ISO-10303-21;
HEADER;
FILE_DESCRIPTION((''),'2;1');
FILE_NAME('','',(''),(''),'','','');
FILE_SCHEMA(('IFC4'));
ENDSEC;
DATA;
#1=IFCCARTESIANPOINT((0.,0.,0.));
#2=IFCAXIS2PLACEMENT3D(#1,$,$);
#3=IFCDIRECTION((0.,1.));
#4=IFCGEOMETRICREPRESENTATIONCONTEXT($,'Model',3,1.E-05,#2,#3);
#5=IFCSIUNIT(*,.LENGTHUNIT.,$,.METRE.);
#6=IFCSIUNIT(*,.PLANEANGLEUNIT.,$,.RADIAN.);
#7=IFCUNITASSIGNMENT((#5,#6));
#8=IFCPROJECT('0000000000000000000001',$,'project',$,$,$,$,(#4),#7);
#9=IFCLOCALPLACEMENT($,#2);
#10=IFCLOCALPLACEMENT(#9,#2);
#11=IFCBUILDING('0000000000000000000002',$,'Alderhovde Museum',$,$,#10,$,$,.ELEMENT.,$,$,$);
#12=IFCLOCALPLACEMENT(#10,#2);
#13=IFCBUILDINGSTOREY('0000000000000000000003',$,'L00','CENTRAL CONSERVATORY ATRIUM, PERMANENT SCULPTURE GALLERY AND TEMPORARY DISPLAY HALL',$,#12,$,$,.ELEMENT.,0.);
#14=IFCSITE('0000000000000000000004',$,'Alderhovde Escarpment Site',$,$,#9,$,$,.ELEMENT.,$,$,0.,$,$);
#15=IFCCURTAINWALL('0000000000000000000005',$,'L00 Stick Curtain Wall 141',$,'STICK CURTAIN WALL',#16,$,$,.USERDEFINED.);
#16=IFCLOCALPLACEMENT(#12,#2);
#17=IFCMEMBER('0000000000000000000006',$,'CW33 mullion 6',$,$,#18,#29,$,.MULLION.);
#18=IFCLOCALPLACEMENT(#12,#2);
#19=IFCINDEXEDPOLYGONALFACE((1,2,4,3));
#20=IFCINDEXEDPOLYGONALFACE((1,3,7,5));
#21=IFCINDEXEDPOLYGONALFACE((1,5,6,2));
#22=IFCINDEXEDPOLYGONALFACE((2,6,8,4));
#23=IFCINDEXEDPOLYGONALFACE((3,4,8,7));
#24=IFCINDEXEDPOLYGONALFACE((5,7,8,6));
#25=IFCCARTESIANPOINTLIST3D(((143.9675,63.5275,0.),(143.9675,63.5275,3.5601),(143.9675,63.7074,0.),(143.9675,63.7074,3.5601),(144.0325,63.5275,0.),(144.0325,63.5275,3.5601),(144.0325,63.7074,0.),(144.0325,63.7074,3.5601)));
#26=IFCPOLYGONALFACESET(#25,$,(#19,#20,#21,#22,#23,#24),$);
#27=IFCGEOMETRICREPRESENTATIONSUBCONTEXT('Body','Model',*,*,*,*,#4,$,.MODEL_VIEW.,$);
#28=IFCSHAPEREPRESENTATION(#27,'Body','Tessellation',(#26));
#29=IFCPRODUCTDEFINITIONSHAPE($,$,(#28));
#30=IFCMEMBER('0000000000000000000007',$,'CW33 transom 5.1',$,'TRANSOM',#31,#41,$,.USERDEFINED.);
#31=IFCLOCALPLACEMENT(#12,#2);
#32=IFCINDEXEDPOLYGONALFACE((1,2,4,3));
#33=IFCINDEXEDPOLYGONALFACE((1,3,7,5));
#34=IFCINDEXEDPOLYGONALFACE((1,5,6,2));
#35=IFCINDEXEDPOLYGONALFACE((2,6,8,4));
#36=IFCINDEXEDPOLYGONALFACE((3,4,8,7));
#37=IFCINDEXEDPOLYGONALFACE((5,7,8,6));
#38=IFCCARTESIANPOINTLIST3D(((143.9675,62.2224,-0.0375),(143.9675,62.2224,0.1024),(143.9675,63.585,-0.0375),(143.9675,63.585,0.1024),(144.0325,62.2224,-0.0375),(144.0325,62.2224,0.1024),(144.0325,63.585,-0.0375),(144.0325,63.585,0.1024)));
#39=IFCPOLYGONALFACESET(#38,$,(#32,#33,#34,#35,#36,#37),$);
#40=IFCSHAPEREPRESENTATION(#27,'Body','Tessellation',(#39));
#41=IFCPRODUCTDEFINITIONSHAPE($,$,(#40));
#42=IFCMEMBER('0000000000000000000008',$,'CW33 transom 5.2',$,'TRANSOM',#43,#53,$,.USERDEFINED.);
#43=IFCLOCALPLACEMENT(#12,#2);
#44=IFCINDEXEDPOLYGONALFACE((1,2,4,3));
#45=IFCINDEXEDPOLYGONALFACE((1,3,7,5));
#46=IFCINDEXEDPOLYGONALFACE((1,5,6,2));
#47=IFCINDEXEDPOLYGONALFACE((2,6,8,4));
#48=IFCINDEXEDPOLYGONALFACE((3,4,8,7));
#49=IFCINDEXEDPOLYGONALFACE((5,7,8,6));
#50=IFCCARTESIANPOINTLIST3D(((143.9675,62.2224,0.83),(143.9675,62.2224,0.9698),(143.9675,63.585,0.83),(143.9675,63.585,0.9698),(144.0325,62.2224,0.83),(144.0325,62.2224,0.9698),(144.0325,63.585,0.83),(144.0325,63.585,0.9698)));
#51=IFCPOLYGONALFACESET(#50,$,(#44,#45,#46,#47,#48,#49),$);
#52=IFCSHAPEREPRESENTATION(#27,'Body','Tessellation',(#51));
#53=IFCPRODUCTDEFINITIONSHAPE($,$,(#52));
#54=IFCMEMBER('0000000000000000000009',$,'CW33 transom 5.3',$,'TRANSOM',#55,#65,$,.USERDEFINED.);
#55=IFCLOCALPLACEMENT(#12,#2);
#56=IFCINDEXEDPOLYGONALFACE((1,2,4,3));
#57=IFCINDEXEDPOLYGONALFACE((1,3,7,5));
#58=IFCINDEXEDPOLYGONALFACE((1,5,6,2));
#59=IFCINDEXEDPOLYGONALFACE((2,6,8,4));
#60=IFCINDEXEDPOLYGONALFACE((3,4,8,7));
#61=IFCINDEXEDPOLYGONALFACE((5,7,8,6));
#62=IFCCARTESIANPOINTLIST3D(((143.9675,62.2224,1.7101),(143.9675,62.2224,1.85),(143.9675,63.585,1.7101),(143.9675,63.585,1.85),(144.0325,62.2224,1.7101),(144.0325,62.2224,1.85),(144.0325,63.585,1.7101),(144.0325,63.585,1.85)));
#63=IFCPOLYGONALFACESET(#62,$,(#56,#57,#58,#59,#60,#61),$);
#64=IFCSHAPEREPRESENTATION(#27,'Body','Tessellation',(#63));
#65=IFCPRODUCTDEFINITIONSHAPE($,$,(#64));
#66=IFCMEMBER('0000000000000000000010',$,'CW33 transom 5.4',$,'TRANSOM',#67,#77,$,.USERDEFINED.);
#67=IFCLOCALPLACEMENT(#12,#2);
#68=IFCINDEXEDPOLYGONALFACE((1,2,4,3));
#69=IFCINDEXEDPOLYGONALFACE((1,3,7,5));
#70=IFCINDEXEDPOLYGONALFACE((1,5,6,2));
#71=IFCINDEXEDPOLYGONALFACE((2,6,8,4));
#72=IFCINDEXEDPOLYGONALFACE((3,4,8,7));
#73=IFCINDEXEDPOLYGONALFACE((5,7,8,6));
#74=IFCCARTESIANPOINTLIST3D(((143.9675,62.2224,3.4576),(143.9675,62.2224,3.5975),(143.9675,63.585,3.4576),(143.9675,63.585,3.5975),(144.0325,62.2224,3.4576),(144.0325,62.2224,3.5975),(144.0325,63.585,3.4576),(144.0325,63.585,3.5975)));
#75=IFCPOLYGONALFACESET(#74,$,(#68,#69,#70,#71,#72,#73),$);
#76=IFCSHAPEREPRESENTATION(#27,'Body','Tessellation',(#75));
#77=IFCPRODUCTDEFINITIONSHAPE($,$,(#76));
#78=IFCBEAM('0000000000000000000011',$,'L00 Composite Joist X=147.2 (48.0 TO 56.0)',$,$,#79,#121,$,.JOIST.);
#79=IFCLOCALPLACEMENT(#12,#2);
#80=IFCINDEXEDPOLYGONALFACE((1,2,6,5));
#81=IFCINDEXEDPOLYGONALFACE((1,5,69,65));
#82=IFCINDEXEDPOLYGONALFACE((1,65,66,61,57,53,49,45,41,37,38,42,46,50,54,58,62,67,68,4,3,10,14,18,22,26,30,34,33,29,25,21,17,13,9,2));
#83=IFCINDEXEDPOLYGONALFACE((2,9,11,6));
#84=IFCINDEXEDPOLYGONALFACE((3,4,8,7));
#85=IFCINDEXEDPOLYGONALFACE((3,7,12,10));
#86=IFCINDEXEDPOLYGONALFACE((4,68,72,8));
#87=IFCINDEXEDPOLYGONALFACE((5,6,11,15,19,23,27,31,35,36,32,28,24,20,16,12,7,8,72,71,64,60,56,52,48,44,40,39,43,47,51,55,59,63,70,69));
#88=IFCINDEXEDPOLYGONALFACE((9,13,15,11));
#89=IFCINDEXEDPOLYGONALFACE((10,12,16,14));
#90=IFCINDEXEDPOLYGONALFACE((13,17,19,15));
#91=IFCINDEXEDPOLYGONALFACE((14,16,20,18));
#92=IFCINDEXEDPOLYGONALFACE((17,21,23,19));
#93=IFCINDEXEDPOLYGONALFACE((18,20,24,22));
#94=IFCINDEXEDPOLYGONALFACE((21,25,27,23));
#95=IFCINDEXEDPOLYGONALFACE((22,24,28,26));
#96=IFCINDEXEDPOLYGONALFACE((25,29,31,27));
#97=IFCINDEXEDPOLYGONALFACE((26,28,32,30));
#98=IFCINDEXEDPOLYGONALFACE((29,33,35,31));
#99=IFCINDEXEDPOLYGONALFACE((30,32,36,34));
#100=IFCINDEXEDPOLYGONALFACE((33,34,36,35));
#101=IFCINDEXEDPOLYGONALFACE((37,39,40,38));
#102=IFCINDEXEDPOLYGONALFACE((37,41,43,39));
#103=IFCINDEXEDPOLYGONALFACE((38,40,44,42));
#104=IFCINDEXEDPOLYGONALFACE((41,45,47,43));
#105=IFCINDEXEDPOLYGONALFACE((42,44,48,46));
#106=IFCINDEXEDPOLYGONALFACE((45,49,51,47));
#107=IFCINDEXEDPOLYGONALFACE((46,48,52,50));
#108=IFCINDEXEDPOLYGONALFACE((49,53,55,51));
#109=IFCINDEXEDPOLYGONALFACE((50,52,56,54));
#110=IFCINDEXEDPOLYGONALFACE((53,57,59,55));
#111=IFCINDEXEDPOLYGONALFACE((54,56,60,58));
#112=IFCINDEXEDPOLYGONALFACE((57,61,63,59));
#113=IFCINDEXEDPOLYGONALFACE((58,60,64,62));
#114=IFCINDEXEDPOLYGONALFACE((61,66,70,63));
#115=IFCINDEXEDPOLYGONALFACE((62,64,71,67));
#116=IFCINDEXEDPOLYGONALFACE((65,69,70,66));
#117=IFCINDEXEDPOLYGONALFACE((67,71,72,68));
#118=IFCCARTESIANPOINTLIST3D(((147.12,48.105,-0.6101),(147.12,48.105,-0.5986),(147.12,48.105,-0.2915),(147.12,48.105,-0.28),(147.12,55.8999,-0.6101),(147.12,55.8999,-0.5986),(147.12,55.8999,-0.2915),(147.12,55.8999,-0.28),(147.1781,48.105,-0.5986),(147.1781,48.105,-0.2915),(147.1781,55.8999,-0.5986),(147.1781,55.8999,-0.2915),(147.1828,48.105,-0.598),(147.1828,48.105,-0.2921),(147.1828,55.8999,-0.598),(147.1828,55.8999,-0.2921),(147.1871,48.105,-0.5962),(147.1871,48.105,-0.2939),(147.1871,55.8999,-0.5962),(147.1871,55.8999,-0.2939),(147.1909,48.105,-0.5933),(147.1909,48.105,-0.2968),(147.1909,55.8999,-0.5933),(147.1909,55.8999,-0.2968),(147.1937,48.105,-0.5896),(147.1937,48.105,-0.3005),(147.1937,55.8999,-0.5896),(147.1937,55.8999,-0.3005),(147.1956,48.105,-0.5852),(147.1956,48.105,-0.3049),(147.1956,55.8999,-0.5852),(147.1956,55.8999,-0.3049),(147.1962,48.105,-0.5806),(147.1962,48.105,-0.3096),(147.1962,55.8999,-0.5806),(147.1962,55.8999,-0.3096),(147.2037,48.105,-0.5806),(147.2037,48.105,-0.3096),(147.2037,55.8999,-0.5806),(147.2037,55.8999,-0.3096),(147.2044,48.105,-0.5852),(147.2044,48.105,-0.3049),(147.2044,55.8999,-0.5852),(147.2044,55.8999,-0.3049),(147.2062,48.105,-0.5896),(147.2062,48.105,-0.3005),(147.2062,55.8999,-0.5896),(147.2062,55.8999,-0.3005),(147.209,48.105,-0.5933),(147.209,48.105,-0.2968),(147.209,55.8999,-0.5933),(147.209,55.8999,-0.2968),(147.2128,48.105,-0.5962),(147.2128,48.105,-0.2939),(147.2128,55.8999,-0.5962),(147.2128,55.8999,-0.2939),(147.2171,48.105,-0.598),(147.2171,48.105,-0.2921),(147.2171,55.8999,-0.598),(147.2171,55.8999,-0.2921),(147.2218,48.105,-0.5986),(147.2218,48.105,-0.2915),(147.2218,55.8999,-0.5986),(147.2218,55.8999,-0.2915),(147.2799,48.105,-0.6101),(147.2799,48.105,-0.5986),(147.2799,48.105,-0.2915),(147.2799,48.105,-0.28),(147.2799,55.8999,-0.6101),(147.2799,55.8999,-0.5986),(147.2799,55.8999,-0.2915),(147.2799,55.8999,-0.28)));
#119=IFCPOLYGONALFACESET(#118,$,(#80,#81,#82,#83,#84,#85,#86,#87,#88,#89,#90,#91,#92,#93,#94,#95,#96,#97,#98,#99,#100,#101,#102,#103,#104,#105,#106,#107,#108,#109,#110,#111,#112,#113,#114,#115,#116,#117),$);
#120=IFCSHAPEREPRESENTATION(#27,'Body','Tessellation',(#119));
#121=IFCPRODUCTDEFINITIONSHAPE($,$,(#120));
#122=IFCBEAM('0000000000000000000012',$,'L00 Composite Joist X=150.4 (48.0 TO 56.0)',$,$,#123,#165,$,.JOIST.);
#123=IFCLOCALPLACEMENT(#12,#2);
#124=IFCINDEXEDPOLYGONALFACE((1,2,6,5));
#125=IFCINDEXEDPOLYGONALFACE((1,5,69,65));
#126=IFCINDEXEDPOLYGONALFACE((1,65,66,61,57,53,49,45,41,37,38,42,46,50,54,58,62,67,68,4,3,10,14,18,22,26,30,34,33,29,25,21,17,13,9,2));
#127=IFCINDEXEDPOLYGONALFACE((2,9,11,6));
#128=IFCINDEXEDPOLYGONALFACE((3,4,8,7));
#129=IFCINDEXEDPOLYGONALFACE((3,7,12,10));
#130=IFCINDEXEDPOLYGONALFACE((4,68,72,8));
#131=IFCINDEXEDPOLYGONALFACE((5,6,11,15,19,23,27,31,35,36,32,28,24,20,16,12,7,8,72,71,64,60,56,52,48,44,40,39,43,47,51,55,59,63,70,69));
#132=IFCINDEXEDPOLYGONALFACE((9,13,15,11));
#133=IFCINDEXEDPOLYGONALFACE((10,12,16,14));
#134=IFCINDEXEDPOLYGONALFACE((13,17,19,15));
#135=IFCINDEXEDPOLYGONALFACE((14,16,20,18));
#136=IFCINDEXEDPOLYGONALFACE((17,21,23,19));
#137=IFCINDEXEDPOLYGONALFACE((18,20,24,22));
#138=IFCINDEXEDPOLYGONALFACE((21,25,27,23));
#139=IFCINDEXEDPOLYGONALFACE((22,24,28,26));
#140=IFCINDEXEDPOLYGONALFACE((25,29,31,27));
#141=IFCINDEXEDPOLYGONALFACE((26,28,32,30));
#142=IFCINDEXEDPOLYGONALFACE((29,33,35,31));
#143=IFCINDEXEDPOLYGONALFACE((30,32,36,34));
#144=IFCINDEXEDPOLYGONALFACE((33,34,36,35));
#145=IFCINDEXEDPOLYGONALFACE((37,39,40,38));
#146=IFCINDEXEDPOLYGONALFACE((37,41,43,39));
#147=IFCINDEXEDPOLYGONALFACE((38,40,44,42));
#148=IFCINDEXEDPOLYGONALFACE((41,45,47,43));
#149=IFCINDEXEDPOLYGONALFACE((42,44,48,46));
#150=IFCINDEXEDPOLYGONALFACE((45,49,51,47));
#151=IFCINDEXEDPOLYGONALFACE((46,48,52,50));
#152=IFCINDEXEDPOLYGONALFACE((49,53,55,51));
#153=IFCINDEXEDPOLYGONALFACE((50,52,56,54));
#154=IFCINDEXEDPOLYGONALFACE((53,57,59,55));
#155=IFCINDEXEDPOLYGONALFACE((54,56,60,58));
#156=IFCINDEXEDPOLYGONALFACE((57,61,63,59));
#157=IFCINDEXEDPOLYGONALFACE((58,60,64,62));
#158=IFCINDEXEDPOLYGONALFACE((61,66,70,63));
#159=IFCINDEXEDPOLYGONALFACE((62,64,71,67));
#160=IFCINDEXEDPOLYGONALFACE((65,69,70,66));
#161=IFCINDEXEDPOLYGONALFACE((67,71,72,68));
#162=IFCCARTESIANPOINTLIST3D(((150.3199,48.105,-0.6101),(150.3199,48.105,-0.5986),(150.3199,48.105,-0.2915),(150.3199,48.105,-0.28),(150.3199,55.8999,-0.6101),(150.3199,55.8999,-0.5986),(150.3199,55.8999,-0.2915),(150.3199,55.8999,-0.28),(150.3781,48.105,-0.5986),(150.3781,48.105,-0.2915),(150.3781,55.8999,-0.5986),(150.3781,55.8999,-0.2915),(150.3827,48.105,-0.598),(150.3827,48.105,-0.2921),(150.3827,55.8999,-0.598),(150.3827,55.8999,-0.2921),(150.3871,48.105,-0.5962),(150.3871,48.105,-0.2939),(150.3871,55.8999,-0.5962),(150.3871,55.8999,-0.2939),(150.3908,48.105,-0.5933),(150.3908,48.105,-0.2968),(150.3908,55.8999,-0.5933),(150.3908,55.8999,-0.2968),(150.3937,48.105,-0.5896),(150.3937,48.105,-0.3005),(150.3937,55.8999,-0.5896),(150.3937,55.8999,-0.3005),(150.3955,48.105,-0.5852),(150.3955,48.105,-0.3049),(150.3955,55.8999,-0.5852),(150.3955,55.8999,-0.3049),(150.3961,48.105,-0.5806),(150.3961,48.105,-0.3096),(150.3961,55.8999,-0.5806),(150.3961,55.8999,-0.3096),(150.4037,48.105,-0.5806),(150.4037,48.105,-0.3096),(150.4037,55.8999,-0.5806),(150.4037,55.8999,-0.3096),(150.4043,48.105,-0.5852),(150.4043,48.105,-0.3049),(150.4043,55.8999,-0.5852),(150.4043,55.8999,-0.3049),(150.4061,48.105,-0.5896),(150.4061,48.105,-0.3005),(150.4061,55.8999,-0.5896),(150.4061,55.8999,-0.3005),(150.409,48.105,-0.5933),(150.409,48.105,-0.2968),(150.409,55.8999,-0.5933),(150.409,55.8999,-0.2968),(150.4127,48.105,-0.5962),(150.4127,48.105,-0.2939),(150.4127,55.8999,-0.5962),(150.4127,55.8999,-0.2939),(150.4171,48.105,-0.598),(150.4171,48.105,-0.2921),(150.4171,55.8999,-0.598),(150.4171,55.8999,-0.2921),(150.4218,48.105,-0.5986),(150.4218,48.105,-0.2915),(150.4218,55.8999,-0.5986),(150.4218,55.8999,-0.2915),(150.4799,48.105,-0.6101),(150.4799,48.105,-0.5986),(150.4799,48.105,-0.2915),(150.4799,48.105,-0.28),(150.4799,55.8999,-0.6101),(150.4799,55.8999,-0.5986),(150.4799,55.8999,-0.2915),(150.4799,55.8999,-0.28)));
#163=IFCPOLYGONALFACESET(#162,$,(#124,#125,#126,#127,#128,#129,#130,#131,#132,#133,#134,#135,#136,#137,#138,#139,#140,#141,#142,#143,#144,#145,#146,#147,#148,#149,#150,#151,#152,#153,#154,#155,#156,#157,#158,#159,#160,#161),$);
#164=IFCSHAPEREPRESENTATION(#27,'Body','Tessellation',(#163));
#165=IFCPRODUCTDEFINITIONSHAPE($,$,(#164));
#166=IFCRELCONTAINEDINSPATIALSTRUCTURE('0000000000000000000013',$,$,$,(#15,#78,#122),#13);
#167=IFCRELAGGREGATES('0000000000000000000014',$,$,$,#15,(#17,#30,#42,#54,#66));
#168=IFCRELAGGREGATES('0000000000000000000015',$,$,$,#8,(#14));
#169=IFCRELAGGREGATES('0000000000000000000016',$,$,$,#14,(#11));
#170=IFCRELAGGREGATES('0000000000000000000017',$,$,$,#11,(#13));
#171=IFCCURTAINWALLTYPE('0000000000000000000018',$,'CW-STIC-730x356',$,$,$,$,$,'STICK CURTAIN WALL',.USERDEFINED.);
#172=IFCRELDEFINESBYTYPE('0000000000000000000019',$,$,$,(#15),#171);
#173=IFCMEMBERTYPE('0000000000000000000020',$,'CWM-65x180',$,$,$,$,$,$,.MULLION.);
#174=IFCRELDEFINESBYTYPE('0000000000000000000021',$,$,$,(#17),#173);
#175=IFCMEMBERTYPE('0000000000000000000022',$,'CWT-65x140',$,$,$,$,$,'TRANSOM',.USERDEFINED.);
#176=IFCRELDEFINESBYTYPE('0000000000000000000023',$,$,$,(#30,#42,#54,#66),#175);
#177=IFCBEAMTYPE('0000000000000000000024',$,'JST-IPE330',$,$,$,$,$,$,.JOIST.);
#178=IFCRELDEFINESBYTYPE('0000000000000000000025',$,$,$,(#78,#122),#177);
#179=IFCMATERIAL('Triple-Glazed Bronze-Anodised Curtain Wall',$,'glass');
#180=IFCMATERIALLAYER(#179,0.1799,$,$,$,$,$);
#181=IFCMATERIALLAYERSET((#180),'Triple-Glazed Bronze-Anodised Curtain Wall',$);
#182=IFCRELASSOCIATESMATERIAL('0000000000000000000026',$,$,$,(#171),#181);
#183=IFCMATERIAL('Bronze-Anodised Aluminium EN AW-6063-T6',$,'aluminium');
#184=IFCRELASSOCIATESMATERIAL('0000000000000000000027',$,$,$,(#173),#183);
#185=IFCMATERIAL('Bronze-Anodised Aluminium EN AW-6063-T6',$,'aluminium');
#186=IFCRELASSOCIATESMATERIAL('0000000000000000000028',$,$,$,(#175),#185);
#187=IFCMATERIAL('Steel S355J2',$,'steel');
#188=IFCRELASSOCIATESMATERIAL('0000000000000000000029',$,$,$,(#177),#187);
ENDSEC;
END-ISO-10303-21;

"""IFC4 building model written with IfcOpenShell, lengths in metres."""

from ifc_helpers import new_model, si_unit, direction, frame, origin, origin_2d, place, context, subcontext, project, spatial, rectangle, i_section, extrude, material, layer, layer_set, material_profile, profile_set, type_object, element, aggregate, save


model = new_model("IFC4")

# Units and contexts
model_context = context("Model", 3, precision=1e-05, world=origin(), true_north=direction((0.0, 1.0)))
body_context = subcontext(model_context, "Body", "Model", "MODEL_VIEW")
ifc_project = project(units=[si_unit("LENGTHUNIT", "METRE"), si_unit("PLANEANGLEUNIT", "RADIAN")], contexts=[model_context])

# Site, building, storey
site_placement = place(None, origin())
site = spatial("IfcSite", under=ifc_project, at=site_placement, Name="Alderhovde Escarpment Site", CompositionType="ELEMENT", RefElevation=0.0)
building_placement = place(site_placement, origin())
building = spatial("IfcBuilding", under=site, at=building_placement, Name="Alderhovde Museum", CompositionType="ELEMENT")
storey_placement = place(building_placement, origin())
storey = spatial("IfcBuildingStorey", under=building, at=storey_placement, Name="L00", Description="CENTRAL CONSERVATORY ATRIUM, PERMANENT SCULPTURE GALLERY AND TEMPORARY DISPLAY HALL", CompositionType="ELEMENT", Elevation=0.0)

# Curtain wall, members
ifc_material_1 = material(Name="Triple-Glazed Bronze-Anodised Curtain Wall", Category="glass")
ifc_layer_1 = layer(ifc_material_1, 0.1799)
ifc_layer_set_1 = layer_set([ifc_layer_1], Name="Triple-Glazed Bronze-Anodised Curtain Wall")
curtain_wall_type = type_object("IfcCurtainWallType", Name="CW-STIC-730x356", ElementType="STICK CURTAIN WALL", PredefinedType="USERDEFINED", material=ifc_layer_set_1)
curtain_wall_placement = place(storey_placement, origin())
curtain_wall = element("IfcCurtainWall", 1, at=curtain_wall_placement, inside=storey, type_object=curtain_wall_type, Name="L00 Stick Curtain Wall 141", ObjectType="STICK CURTAIN WALL", PredefinedType="USERDEFINED")
ifc_material_2 = material(Name="Bronze-Anodised Aluminium EN AW-6063-T6", Category="aluminium")
ifc_material_profile_1 = material_profile(ifc_material_2, rectangle(XDim=0.0649, YDim=0.1799, at=origin_2d()), Name="MULLION 65x180")
ifc_profile_set_1 = profile_set([ifc_material_profile_1], Name="Bronze-Anodised Aluminium EN AW-6063-T6")
member_type_1 = type_object("IfcMemberType", Name="CWM-65x180", PredefinedType="MULLION", material=ifc_profile_set_1)
member_1_placement = place(storey_placement, frame((144.0, 63.6174, 0.0), z_axis=(0.0, 0.0, 1.0), x_axis=(-1.0, 0.0, 0.0)))
member_1 = element("IfcMember", 2, at=member_1_placement, type_object=member_type_1, Name="CW33 mullion 6", PredefinedType="MULLION", context=body_context, shape_type="SweptSolid", body=[
    extrude(rectangle(XDim=0.0649, YDim=0.1799, at=origin_2d()), origin(), (0.0, 0.0, 1.0), 3.5601),
])
ifc_material_3 = material(Name="Bronze-Anodised Aluminium EN AW-6063-T6", Category="aluminium")
ifc_material_profile_2 = material_profile(ifc_material_3, rectangle(XDim=0.0649, YDim=0.1399, at=origin_2d()), Name="TRANSOM 65x140")
ifc_profile_set_2 = profile_set([ifc_material_profile_2], Name="Bronze-Anodised Aluminium EN AW-6063-T6")
member_type_2 = type_object("IfcMemberType", Name="CWT-65x140", ElementType="TRANSOM", PredefinedType="USERDEFINED", material=ifc_profile_set_2)
member_2_placement = place(storey_placement, frame((144.0, 62.2224, 0.0325), z_axis=(0.0, 1.0, 0.0), x_axis=(-1.0, 0.0, 0.0)))
member_2 = element("IfcMember", 3, at=member_2_placement, type_object=member_type_2, Name="CW33 transom 5.1", ObjectType="TRANSOM", PredefinedType="USERDEFINED", context=body_context, shape_type="SweptSolid", body=[
    extrude(rectangle(XDim=0.0649, YDim=0.1399, at=origin_2d()), origin(), (0.0, 0.0, 1.0), 1.3625),
])
member_3_placement = place(storey_placement, frame((144.0, 62.2224, 0.8999), z_axis=(0.0, 1.0, 0.0), x_axis=(-1.0, 0.0, 0.0)))
member_3 = element("IfcMember", 4, at=member_3_placement, type_object=member_type_2, Name="CW33 transom 5.2", ObjectType="TRANSOM", PredefinedType="USERDEFINED", context=body_context, shape_type="SweptSolid", body=[
    extrude(rectangle(XDim=0.0649, YDim=0.1399, at=origin_2d()), origin(), (0.0, 0.0, 1.0), 1.3625),
])
member_4_placement = place(storey_placement, frame((144.0, 62.2224, 1.78), z_axis=(0.0, 1.0, 0.0), x_axis=(-1.0, 0.0, 0.0)))
member_4 = element("IfcMember", 5, at=member_4_placement, type_object=member_type_2, Name="CW33 transom 5.3", ObjectType="TRANSOM", PredefinedType="USERDEFINED", context=body_context, shape_type="SweptSolid", body=[
    extrude(rectangle(XDim=0.0649, YDim=0.1399, at=origin_2d()), origin(), (0.0, 0.0, 1.0), 1.3625),
])
member_5_placement = place(storey_placement, frame((144.0, 62.2224, 3.5276), z_axis=(0.0, 1.0, 0.0), x_axis=(-1.0, 0.0, 0.0)))
member_5 = element("IfcMember", 6, at=member_5_placement, type_object=member_type_2, Name="CW33 transom 5.4", ObjectType="TRANSOM", PredefinedType="USERDEFINED", context=body_context, shape_type="SweptSolid", body=[
    extrude(rectangle(XDim=0.0649, YDim=0.1399, at=origin_2d()), origin(), (0.0, 0.0, 1.0), 1.3625),
])

# Beams
ifc_material_4 = material(Name="Steel S355J2", Category="steel")
ifc_material_profile_3 = material_profile(ifc_material_4, i_section(OverallWidth=0.1599, OverallDepth=0.3301, WebThickness=0.0076, FlangeThickness=0.0115, FilletRadius=0.0181, at=origin_2d()), Name="IPE 330")
ifc_profile_set_3 = profile_set([ifc_material_profile_3], Name="Steel S355J2")
beam_type_1 = type_object("IfcBeamType", Name="JST-IPE330", PredefinedType="JOIST", material=ifc_profile_set_3)
for number, where, z_axis, x_axis, name in (
    (7, (147.2, 48.105, -0.4451), (0.0, 1.0, 0.0), (-1.0, 0.0, 0.0), "L00 Composite Joist X=147.2 (48.0 TO 56.0)"),
    (8, (150.3999, 48.105, -0.4451), (0.0, 1.0, 0.0), (-1.0, 0.0, 0.0), "L00 Composite Joist X=150.4 (48.0 TO 56.0)"),
):
    element("IfcBeam", number, at=place(storey_placement, frame(where, z_axis=z_axis, x_axis=x_axis)), inside=storey, type_object=beam_type_1, Name=name, PredefinedType="JOIST", context=body_context, shape_type="SweptSolid", body=[
        extrude(i_section(OverallWidth=0.1599, OverallDepth=0.3301, WebThickness=0.0076, FlangeThickness=0.0115, FilletRadius=0.0181, at=origin_2d()), origin(), (0.0, 0.0, 1.0), 7.7949),
    ])

aggregate(curtain_wall, [member_1, member_2, member_3, member_4, member_5])

save(model, "model.ifc")
